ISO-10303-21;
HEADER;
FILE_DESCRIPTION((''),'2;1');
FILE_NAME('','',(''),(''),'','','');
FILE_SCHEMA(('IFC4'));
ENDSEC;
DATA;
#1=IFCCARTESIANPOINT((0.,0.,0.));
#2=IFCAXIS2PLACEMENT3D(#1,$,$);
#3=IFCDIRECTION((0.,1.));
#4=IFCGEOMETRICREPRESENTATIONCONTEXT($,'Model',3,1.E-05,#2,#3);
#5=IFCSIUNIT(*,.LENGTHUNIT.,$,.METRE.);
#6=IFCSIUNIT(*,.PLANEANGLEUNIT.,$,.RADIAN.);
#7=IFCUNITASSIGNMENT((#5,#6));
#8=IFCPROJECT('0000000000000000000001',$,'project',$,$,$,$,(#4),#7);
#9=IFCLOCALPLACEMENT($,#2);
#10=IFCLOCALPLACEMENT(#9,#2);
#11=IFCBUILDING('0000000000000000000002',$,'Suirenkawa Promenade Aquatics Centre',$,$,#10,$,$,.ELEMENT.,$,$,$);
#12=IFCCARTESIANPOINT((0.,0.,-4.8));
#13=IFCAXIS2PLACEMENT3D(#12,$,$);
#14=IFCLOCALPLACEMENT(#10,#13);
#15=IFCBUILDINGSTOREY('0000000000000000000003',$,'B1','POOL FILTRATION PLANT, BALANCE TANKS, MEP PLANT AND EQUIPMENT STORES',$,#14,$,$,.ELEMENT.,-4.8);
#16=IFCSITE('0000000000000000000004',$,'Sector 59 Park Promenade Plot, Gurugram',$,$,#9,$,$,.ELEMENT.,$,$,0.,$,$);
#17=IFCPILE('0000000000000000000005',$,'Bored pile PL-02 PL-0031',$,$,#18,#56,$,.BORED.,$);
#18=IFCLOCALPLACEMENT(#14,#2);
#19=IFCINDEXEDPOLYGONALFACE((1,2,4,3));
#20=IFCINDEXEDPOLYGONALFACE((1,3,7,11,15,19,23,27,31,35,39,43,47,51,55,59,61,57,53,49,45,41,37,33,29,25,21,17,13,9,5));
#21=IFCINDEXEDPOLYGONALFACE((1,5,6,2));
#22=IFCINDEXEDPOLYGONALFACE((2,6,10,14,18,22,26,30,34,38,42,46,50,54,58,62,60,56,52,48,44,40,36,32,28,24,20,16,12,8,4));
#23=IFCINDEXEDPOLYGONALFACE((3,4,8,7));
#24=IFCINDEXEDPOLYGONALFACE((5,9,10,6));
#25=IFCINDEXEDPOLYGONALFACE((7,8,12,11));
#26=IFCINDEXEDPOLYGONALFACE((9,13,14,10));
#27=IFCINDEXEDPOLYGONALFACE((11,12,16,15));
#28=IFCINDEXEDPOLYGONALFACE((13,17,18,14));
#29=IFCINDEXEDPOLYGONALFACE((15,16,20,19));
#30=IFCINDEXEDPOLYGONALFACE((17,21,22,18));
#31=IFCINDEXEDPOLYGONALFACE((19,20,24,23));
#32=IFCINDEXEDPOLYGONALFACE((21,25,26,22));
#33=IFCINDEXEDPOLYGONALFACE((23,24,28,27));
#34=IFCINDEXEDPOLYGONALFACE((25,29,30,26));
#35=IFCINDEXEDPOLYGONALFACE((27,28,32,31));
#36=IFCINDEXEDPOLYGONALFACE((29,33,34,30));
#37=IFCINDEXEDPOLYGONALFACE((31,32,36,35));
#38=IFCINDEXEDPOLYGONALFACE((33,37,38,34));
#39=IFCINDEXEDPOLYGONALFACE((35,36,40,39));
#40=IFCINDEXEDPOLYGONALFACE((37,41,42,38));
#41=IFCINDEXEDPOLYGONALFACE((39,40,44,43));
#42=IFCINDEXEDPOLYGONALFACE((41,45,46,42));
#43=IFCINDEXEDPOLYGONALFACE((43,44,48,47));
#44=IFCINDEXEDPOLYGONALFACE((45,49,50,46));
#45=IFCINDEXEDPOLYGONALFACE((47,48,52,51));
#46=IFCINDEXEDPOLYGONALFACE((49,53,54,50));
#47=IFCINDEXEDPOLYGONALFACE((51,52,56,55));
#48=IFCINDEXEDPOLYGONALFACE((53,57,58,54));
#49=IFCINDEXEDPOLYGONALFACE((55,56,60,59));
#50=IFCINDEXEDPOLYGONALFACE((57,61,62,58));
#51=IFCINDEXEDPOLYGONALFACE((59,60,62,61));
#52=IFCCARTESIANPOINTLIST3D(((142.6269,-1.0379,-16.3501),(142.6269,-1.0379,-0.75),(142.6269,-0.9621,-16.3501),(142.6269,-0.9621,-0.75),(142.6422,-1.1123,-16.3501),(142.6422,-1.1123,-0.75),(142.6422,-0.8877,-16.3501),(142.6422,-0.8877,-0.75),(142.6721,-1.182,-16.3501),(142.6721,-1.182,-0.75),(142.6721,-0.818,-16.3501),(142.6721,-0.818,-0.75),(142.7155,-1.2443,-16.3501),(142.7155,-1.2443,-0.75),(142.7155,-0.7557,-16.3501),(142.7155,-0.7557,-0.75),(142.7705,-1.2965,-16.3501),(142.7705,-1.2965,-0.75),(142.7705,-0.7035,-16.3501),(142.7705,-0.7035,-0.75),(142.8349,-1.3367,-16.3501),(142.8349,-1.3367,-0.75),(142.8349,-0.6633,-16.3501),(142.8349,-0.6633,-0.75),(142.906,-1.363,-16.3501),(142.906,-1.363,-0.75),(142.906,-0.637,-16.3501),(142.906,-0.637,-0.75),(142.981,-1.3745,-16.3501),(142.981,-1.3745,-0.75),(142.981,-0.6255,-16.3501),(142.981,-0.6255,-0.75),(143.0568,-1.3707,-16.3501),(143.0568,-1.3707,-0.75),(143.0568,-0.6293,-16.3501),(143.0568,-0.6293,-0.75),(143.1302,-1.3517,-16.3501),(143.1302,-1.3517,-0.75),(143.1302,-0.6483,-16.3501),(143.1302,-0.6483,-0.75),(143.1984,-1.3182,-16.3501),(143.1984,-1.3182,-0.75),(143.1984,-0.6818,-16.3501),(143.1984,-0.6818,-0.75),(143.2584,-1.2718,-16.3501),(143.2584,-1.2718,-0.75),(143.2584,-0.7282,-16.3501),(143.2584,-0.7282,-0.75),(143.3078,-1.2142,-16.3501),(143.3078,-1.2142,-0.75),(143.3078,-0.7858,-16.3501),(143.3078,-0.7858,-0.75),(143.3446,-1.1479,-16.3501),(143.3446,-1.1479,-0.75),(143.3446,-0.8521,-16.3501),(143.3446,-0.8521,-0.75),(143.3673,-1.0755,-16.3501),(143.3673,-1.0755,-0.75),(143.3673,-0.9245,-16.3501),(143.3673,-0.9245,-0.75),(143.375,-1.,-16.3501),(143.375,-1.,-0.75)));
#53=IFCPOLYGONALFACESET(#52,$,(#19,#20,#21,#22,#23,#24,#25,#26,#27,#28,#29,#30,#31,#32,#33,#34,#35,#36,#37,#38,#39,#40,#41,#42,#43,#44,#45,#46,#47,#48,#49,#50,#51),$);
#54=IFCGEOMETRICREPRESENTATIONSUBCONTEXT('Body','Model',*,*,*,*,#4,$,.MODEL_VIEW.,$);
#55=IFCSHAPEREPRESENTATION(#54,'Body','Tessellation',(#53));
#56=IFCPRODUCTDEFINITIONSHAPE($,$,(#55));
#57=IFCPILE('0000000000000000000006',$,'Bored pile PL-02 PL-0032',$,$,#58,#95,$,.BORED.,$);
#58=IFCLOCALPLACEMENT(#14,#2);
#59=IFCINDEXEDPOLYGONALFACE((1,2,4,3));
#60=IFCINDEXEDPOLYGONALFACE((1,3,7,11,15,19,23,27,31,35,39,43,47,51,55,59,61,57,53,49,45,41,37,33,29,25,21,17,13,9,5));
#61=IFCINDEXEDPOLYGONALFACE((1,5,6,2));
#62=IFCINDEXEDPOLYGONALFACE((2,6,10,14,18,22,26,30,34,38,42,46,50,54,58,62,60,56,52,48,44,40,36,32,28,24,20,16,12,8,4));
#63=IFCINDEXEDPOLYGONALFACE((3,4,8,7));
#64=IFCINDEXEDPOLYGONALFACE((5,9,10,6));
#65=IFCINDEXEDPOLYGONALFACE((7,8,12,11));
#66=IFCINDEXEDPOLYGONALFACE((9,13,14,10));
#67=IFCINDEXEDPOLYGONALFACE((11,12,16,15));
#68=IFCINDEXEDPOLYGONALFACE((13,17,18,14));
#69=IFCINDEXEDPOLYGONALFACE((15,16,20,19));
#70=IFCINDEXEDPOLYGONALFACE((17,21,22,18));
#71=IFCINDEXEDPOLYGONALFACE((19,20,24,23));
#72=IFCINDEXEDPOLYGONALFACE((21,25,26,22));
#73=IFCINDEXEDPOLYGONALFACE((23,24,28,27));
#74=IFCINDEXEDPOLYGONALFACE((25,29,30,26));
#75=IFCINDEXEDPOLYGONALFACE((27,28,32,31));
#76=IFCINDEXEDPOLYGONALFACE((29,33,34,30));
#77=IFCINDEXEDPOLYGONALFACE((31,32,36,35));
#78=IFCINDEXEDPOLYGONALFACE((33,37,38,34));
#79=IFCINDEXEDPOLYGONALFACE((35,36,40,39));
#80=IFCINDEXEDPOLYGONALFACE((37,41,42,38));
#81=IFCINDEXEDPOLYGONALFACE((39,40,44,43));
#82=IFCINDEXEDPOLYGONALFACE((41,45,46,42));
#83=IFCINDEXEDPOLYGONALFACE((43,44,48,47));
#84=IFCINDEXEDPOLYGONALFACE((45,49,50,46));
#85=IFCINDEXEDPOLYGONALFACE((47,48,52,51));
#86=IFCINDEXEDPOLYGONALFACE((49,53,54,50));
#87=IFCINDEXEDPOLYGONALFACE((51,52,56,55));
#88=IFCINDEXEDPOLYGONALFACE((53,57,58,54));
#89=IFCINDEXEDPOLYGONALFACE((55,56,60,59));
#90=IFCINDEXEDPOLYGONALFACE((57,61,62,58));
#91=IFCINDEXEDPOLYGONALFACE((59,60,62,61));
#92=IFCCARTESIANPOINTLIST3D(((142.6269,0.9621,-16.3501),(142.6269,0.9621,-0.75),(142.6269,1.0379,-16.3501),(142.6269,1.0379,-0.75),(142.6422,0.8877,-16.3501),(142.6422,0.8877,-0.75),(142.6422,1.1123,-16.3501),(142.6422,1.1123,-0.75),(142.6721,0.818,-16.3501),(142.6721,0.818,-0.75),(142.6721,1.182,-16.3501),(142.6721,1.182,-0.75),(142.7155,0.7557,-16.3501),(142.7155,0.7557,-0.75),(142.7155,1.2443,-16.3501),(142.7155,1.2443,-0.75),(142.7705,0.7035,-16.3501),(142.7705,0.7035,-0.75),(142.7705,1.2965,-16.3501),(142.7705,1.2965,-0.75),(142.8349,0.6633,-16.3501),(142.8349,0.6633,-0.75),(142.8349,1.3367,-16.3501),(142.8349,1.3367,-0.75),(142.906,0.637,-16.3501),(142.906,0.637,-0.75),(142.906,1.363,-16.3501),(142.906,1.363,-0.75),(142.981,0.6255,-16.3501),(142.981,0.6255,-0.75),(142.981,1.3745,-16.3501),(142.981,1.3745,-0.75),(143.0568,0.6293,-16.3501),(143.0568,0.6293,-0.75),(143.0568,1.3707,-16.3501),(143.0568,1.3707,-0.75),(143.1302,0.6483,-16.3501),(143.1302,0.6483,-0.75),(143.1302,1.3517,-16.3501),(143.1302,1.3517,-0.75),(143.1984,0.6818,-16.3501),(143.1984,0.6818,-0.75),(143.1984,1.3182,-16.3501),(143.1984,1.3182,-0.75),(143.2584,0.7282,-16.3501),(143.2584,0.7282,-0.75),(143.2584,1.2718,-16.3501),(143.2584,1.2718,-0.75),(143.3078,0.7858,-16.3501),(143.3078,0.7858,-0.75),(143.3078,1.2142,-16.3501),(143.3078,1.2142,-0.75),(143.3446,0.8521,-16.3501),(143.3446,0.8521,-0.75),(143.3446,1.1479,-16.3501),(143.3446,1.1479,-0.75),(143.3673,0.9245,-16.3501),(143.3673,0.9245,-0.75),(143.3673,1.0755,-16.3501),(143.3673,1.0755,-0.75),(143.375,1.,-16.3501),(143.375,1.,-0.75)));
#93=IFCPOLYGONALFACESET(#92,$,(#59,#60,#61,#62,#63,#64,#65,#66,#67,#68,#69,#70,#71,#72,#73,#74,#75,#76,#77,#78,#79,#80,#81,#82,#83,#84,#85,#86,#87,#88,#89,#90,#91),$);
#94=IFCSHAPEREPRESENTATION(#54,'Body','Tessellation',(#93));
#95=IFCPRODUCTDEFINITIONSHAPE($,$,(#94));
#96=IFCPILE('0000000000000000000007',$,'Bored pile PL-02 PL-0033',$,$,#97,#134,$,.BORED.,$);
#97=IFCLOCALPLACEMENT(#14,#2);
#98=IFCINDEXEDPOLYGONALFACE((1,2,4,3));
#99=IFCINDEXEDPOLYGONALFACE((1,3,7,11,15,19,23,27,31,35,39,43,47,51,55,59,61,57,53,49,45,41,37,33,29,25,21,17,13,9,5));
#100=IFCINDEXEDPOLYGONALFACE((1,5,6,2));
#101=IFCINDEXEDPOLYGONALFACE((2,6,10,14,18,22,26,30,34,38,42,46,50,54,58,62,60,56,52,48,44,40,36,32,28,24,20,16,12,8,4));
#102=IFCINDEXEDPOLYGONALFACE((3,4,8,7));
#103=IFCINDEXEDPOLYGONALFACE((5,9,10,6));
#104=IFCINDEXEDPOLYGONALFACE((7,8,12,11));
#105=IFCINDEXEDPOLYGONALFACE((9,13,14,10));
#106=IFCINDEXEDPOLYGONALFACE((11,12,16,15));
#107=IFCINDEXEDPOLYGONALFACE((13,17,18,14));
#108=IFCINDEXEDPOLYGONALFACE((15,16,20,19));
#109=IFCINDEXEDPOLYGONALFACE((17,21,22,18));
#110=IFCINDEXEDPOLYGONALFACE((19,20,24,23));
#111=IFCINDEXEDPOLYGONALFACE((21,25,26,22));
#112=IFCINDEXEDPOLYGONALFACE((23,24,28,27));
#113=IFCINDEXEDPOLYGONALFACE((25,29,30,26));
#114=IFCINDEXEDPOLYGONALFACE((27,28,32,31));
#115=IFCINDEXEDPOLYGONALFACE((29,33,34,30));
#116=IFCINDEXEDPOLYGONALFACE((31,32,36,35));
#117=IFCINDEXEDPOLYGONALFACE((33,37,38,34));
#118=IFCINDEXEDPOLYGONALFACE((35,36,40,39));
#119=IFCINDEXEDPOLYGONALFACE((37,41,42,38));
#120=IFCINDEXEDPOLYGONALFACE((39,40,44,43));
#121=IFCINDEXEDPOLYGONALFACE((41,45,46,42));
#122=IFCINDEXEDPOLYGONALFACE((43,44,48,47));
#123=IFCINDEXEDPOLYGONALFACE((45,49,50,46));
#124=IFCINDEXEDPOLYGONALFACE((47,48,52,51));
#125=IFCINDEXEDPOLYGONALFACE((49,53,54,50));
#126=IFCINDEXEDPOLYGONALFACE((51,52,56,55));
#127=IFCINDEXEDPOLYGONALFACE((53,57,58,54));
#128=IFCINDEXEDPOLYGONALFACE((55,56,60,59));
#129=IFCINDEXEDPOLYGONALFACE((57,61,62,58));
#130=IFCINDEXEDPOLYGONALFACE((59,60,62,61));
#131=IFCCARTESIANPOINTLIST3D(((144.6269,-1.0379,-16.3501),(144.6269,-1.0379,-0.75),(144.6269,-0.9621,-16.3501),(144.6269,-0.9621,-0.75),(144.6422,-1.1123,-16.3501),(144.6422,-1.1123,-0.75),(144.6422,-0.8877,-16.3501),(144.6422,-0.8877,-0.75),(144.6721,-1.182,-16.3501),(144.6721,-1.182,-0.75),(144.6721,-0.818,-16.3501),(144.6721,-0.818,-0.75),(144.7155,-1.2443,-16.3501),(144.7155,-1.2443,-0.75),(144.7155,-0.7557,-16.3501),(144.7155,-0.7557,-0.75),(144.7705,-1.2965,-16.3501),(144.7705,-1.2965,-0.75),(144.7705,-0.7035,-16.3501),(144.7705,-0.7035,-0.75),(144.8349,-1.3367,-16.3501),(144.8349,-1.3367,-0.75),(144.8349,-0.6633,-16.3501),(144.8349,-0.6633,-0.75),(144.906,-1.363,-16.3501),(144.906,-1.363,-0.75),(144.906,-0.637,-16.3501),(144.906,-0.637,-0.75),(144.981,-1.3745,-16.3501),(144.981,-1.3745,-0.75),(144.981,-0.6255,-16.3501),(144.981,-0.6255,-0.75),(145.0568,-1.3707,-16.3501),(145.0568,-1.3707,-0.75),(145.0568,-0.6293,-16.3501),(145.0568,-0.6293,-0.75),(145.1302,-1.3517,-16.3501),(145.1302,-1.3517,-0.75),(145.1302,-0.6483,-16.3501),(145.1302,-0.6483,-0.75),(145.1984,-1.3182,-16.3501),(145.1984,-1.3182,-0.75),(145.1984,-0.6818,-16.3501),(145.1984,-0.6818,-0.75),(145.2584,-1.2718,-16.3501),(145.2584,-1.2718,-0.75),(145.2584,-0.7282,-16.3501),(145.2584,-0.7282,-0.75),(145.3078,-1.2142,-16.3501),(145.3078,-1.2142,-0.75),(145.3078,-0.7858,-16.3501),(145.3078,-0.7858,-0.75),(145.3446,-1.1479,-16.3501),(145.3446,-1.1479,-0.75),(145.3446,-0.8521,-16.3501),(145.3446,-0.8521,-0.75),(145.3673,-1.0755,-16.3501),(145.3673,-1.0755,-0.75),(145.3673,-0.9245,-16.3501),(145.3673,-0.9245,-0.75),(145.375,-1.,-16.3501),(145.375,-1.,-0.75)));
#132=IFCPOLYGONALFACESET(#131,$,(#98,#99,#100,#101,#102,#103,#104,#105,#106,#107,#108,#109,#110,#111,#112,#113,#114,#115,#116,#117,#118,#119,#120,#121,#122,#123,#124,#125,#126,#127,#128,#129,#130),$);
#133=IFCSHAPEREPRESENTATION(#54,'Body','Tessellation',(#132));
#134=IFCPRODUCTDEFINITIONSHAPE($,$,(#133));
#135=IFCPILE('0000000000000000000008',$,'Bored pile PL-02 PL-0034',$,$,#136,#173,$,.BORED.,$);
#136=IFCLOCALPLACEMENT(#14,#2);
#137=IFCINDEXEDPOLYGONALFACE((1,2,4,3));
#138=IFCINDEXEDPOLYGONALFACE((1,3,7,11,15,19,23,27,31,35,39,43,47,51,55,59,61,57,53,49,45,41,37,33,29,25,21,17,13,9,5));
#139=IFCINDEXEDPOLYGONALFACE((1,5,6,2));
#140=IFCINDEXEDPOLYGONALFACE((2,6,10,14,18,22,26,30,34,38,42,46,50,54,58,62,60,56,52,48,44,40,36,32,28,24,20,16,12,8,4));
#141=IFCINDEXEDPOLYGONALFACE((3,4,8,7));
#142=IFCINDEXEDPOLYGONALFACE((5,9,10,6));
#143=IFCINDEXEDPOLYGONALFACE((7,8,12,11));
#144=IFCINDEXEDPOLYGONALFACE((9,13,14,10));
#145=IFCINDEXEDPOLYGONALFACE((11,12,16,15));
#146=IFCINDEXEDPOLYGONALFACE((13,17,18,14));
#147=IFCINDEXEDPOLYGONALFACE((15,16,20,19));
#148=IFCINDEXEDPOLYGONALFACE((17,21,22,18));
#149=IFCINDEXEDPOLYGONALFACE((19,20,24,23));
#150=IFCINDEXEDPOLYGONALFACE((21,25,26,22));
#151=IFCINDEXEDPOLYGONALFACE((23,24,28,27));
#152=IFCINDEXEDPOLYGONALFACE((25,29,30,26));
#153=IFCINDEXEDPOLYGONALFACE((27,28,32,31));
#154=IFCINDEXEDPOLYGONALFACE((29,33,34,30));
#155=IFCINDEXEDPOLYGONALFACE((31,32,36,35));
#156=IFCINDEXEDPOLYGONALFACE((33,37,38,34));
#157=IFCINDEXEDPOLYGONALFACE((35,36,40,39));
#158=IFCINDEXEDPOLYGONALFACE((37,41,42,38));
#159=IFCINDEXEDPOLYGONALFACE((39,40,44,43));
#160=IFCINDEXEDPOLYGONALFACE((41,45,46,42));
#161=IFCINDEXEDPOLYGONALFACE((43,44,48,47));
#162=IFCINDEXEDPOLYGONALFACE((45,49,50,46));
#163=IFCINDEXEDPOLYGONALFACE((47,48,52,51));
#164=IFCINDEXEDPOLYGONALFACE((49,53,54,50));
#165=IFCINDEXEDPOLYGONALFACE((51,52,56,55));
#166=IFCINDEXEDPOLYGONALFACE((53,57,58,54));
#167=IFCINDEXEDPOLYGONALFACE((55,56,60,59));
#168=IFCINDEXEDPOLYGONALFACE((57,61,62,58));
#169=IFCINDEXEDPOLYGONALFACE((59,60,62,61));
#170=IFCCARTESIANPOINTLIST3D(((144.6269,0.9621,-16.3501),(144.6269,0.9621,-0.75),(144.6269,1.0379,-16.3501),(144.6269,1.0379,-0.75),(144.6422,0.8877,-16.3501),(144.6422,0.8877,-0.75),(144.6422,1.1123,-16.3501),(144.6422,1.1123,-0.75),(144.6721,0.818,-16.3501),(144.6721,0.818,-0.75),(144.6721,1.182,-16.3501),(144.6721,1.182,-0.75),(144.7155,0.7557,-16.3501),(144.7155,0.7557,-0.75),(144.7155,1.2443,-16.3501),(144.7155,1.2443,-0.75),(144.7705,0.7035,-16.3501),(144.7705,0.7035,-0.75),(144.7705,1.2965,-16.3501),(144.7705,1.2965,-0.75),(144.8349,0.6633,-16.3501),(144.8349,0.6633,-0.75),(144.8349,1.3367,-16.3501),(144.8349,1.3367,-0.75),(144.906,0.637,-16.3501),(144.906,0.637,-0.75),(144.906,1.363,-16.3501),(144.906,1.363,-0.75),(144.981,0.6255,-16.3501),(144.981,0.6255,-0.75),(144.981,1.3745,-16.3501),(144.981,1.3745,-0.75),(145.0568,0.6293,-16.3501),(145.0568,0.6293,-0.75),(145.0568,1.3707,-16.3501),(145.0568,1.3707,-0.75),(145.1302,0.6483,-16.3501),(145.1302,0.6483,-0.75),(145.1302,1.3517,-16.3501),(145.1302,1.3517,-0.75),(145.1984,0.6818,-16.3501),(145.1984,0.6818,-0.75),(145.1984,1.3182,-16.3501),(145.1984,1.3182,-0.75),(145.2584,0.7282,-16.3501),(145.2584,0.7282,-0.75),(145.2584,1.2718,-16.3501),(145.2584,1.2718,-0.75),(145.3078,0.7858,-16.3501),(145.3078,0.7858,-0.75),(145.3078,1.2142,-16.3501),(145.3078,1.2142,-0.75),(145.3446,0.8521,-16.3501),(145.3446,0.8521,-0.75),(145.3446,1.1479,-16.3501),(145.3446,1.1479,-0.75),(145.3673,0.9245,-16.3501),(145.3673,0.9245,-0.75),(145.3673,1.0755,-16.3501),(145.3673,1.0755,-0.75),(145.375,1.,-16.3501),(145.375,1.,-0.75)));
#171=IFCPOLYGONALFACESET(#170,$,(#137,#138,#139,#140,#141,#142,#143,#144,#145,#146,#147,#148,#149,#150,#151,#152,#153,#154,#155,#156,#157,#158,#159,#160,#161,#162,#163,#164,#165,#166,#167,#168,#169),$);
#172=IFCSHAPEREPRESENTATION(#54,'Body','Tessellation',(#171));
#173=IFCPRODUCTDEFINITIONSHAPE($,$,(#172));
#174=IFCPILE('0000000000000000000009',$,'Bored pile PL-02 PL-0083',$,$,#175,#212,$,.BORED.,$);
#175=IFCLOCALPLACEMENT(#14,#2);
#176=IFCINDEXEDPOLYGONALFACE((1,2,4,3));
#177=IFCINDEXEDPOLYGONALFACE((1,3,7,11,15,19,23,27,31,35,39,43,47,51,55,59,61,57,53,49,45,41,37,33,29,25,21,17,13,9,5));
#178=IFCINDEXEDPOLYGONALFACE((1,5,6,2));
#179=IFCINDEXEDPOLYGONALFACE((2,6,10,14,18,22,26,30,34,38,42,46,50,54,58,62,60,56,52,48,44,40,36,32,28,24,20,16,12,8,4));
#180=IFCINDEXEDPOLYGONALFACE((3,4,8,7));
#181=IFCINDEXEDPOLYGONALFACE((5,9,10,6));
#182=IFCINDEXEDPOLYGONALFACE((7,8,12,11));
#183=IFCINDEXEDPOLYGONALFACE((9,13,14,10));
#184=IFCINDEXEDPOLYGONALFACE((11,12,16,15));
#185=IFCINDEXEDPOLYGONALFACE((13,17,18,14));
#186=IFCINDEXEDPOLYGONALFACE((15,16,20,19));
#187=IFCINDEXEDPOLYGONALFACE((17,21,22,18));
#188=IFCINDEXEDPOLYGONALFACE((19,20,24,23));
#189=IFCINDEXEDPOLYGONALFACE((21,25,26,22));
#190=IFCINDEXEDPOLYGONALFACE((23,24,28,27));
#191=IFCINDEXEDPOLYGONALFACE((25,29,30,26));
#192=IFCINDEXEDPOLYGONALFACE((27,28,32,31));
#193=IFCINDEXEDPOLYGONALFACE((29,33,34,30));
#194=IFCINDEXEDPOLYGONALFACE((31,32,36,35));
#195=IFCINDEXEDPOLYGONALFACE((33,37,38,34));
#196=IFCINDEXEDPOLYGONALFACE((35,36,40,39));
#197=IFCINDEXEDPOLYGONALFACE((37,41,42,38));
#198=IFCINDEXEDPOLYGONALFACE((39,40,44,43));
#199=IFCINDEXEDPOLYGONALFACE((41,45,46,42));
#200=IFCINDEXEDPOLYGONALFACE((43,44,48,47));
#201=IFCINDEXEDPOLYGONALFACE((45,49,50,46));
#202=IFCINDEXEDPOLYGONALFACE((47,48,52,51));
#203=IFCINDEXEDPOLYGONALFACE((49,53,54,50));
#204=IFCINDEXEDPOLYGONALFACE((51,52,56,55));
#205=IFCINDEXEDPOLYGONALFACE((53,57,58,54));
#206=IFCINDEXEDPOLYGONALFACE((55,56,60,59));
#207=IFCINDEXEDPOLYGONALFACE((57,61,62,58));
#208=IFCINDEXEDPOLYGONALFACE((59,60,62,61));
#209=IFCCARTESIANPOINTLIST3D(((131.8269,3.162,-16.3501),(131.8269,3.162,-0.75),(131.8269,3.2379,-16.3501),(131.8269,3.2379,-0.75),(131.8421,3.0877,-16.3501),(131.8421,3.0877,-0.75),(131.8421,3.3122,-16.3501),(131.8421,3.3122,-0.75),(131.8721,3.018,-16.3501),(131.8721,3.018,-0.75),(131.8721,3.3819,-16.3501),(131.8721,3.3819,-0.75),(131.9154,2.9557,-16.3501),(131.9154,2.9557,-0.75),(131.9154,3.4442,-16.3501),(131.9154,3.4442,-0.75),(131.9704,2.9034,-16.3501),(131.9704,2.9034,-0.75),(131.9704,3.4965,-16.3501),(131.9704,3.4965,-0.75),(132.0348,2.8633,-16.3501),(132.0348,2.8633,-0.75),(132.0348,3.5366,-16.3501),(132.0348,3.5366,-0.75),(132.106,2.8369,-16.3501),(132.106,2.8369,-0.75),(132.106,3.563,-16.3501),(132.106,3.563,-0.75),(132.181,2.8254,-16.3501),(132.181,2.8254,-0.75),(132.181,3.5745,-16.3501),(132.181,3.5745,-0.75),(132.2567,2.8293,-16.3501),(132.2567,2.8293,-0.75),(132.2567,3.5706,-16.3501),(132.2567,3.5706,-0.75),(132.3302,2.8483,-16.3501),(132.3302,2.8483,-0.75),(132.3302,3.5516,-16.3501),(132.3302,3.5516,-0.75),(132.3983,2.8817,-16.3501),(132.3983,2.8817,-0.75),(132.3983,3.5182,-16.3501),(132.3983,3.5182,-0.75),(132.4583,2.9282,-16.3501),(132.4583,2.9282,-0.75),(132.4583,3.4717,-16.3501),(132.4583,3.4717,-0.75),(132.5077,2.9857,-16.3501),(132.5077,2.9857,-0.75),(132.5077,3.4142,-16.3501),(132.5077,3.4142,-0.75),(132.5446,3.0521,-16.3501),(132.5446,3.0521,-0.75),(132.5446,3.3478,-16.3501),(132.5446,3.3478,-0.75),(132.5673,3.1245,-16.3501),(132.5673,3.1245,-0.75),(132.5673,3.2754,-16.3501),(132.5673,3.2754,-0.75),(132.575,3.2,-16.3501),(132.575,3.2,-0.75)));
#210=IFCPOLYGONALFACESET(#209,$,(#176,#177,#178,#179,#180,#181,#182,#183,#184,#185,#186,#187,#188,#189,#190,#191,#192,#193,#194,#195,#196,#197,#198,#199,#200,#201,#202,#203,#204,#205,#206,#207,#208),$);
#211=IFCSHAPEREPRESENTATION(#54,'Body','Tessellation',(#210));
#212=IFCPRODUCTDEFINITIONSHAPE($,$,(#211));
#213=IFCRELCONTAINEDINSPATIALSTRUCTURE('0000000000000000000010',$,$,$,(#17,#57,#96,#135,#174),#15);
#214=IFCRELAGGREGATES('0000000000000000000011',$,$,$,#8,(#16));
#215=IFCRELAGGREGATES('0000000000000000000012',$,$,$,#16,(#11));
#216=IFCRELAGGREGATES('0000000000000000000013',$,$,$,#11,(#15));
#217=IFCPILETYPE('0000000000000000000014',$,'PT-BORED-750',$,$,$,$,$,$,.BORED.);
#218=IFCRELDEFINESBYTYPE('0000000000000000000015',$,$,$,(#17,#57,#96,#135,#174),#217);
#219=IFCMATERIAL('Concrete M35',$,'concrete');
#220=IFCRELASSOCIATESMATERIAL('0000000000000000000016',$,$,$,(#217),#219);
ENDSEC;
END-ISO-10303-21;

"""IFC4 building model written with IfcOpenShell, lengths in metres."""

from ifc_helpers import new_model, si_unit, direction, frame, origin, origin_2d, place, context, subcontext, project, spatial, circle, extrude, material, material_profile, profile_set, type_object, element, save


model = new_model("IFC4")

# Units and contexts
model_context = context("Model", 3, precision=1e-05, world=origin(), true_north=direction((0.0, 1.0)))
body_context = subcontext(model_context, "Body", "Model", "MODEL_VIEW")
ifc_project = project(units=[si_unit("LENGTHUNIT", "METRE"), si_unit("PLANEANGLEUNIT", "RADIAN")], contexts=[model_context])

# Site, building, storey
site_placement = place(None, origin())
site = spatial("IfcSite", under=ifc_project, at=site_placement, Name="Sector 59 Park Promenade Plot, Gurugram", CompositionType="ELEMENT", RefElevation=0.0)
building_placement = place(site_placement, origin())
building = spatial("IfcBuilding", under=site, at=building_placement, Name="Suirenkawa Promenade Aquatics Centre", CompositionType="ELEMENT")
storey_placement = place(building_placement, frame((0.0, 0.0, -4.8)))
storey = spatial("IfcBuildingStorey", under=building, at=storey_placement, Name="B1", Description="POOL FILTRATION PLANT, BALANCE TANKS, MEP PLANT AND EQUIPMENT STORES", CompositionType="ELEMENT", Elevation=-4.8)

# Shared definitions
ifc_material_1 = material(Name="Concrete M35", Category="concrete")

# Piles
ifc_material_profile_1 = material_profile(ifc_material_1, circle(Radius=0.375, at=origin_2d()), Name="PILE D750", Category="concrete")
ifc_profile_set_1 = profile_set([ifc_material_profile_1], Name="Concrete M35")
pile_type = type_object("IfcPileType", Name="PT-BORED-750", PredefinedType="BORED", material=ifc_profile_set_1)
for number, where, z_axis, x_axis, name in (
    (1, (143.0, -1.0, -0.75), (0.0, 0.0, -1.0), (1.0, 0.0, 0.0), "Bored pile PL-02 PL-0031"),
    (2, (143.0, 1.0, -0.75), (0.0, 0.0, -1.0), (1.0, 0.0, 0.0), "Bored pile PL-02 PL-0032"),
    (3, (145.0, -1.0, -0.75), (0.0, 0.0, -1.0), (1.0, 0.0, 0.0), "Bored pile PL-02 PL-0033"),
    (4, (145.0, 1.0, -0.75), (0.0, 0.0, -1.0), (1.0, 0.0, 0.0), "Bored pile PL-02 PL-0034"),
    (5, (132.2, 3.2, -0.75), (0.0, 0.0, -1.0), (1.0, 0.0, 0.0), "Bored pile PL-02 PL-0083"),
):
    element("IfcPile", number, at=place(storey_placement, frame(where, z_axis=z_axis, x_axis=x_axis)), inside=storey, type_object=pile_type, Name=name, PredefinedType="BORED", context=body_context, shape_type="SweptSolid", body=[
        extrude(circle(Radius=0.375, at=origin_2d()), origin(), (0.0, 0.0, 1.0), 15.6001),
    ])

save(model, "model.ifc")
